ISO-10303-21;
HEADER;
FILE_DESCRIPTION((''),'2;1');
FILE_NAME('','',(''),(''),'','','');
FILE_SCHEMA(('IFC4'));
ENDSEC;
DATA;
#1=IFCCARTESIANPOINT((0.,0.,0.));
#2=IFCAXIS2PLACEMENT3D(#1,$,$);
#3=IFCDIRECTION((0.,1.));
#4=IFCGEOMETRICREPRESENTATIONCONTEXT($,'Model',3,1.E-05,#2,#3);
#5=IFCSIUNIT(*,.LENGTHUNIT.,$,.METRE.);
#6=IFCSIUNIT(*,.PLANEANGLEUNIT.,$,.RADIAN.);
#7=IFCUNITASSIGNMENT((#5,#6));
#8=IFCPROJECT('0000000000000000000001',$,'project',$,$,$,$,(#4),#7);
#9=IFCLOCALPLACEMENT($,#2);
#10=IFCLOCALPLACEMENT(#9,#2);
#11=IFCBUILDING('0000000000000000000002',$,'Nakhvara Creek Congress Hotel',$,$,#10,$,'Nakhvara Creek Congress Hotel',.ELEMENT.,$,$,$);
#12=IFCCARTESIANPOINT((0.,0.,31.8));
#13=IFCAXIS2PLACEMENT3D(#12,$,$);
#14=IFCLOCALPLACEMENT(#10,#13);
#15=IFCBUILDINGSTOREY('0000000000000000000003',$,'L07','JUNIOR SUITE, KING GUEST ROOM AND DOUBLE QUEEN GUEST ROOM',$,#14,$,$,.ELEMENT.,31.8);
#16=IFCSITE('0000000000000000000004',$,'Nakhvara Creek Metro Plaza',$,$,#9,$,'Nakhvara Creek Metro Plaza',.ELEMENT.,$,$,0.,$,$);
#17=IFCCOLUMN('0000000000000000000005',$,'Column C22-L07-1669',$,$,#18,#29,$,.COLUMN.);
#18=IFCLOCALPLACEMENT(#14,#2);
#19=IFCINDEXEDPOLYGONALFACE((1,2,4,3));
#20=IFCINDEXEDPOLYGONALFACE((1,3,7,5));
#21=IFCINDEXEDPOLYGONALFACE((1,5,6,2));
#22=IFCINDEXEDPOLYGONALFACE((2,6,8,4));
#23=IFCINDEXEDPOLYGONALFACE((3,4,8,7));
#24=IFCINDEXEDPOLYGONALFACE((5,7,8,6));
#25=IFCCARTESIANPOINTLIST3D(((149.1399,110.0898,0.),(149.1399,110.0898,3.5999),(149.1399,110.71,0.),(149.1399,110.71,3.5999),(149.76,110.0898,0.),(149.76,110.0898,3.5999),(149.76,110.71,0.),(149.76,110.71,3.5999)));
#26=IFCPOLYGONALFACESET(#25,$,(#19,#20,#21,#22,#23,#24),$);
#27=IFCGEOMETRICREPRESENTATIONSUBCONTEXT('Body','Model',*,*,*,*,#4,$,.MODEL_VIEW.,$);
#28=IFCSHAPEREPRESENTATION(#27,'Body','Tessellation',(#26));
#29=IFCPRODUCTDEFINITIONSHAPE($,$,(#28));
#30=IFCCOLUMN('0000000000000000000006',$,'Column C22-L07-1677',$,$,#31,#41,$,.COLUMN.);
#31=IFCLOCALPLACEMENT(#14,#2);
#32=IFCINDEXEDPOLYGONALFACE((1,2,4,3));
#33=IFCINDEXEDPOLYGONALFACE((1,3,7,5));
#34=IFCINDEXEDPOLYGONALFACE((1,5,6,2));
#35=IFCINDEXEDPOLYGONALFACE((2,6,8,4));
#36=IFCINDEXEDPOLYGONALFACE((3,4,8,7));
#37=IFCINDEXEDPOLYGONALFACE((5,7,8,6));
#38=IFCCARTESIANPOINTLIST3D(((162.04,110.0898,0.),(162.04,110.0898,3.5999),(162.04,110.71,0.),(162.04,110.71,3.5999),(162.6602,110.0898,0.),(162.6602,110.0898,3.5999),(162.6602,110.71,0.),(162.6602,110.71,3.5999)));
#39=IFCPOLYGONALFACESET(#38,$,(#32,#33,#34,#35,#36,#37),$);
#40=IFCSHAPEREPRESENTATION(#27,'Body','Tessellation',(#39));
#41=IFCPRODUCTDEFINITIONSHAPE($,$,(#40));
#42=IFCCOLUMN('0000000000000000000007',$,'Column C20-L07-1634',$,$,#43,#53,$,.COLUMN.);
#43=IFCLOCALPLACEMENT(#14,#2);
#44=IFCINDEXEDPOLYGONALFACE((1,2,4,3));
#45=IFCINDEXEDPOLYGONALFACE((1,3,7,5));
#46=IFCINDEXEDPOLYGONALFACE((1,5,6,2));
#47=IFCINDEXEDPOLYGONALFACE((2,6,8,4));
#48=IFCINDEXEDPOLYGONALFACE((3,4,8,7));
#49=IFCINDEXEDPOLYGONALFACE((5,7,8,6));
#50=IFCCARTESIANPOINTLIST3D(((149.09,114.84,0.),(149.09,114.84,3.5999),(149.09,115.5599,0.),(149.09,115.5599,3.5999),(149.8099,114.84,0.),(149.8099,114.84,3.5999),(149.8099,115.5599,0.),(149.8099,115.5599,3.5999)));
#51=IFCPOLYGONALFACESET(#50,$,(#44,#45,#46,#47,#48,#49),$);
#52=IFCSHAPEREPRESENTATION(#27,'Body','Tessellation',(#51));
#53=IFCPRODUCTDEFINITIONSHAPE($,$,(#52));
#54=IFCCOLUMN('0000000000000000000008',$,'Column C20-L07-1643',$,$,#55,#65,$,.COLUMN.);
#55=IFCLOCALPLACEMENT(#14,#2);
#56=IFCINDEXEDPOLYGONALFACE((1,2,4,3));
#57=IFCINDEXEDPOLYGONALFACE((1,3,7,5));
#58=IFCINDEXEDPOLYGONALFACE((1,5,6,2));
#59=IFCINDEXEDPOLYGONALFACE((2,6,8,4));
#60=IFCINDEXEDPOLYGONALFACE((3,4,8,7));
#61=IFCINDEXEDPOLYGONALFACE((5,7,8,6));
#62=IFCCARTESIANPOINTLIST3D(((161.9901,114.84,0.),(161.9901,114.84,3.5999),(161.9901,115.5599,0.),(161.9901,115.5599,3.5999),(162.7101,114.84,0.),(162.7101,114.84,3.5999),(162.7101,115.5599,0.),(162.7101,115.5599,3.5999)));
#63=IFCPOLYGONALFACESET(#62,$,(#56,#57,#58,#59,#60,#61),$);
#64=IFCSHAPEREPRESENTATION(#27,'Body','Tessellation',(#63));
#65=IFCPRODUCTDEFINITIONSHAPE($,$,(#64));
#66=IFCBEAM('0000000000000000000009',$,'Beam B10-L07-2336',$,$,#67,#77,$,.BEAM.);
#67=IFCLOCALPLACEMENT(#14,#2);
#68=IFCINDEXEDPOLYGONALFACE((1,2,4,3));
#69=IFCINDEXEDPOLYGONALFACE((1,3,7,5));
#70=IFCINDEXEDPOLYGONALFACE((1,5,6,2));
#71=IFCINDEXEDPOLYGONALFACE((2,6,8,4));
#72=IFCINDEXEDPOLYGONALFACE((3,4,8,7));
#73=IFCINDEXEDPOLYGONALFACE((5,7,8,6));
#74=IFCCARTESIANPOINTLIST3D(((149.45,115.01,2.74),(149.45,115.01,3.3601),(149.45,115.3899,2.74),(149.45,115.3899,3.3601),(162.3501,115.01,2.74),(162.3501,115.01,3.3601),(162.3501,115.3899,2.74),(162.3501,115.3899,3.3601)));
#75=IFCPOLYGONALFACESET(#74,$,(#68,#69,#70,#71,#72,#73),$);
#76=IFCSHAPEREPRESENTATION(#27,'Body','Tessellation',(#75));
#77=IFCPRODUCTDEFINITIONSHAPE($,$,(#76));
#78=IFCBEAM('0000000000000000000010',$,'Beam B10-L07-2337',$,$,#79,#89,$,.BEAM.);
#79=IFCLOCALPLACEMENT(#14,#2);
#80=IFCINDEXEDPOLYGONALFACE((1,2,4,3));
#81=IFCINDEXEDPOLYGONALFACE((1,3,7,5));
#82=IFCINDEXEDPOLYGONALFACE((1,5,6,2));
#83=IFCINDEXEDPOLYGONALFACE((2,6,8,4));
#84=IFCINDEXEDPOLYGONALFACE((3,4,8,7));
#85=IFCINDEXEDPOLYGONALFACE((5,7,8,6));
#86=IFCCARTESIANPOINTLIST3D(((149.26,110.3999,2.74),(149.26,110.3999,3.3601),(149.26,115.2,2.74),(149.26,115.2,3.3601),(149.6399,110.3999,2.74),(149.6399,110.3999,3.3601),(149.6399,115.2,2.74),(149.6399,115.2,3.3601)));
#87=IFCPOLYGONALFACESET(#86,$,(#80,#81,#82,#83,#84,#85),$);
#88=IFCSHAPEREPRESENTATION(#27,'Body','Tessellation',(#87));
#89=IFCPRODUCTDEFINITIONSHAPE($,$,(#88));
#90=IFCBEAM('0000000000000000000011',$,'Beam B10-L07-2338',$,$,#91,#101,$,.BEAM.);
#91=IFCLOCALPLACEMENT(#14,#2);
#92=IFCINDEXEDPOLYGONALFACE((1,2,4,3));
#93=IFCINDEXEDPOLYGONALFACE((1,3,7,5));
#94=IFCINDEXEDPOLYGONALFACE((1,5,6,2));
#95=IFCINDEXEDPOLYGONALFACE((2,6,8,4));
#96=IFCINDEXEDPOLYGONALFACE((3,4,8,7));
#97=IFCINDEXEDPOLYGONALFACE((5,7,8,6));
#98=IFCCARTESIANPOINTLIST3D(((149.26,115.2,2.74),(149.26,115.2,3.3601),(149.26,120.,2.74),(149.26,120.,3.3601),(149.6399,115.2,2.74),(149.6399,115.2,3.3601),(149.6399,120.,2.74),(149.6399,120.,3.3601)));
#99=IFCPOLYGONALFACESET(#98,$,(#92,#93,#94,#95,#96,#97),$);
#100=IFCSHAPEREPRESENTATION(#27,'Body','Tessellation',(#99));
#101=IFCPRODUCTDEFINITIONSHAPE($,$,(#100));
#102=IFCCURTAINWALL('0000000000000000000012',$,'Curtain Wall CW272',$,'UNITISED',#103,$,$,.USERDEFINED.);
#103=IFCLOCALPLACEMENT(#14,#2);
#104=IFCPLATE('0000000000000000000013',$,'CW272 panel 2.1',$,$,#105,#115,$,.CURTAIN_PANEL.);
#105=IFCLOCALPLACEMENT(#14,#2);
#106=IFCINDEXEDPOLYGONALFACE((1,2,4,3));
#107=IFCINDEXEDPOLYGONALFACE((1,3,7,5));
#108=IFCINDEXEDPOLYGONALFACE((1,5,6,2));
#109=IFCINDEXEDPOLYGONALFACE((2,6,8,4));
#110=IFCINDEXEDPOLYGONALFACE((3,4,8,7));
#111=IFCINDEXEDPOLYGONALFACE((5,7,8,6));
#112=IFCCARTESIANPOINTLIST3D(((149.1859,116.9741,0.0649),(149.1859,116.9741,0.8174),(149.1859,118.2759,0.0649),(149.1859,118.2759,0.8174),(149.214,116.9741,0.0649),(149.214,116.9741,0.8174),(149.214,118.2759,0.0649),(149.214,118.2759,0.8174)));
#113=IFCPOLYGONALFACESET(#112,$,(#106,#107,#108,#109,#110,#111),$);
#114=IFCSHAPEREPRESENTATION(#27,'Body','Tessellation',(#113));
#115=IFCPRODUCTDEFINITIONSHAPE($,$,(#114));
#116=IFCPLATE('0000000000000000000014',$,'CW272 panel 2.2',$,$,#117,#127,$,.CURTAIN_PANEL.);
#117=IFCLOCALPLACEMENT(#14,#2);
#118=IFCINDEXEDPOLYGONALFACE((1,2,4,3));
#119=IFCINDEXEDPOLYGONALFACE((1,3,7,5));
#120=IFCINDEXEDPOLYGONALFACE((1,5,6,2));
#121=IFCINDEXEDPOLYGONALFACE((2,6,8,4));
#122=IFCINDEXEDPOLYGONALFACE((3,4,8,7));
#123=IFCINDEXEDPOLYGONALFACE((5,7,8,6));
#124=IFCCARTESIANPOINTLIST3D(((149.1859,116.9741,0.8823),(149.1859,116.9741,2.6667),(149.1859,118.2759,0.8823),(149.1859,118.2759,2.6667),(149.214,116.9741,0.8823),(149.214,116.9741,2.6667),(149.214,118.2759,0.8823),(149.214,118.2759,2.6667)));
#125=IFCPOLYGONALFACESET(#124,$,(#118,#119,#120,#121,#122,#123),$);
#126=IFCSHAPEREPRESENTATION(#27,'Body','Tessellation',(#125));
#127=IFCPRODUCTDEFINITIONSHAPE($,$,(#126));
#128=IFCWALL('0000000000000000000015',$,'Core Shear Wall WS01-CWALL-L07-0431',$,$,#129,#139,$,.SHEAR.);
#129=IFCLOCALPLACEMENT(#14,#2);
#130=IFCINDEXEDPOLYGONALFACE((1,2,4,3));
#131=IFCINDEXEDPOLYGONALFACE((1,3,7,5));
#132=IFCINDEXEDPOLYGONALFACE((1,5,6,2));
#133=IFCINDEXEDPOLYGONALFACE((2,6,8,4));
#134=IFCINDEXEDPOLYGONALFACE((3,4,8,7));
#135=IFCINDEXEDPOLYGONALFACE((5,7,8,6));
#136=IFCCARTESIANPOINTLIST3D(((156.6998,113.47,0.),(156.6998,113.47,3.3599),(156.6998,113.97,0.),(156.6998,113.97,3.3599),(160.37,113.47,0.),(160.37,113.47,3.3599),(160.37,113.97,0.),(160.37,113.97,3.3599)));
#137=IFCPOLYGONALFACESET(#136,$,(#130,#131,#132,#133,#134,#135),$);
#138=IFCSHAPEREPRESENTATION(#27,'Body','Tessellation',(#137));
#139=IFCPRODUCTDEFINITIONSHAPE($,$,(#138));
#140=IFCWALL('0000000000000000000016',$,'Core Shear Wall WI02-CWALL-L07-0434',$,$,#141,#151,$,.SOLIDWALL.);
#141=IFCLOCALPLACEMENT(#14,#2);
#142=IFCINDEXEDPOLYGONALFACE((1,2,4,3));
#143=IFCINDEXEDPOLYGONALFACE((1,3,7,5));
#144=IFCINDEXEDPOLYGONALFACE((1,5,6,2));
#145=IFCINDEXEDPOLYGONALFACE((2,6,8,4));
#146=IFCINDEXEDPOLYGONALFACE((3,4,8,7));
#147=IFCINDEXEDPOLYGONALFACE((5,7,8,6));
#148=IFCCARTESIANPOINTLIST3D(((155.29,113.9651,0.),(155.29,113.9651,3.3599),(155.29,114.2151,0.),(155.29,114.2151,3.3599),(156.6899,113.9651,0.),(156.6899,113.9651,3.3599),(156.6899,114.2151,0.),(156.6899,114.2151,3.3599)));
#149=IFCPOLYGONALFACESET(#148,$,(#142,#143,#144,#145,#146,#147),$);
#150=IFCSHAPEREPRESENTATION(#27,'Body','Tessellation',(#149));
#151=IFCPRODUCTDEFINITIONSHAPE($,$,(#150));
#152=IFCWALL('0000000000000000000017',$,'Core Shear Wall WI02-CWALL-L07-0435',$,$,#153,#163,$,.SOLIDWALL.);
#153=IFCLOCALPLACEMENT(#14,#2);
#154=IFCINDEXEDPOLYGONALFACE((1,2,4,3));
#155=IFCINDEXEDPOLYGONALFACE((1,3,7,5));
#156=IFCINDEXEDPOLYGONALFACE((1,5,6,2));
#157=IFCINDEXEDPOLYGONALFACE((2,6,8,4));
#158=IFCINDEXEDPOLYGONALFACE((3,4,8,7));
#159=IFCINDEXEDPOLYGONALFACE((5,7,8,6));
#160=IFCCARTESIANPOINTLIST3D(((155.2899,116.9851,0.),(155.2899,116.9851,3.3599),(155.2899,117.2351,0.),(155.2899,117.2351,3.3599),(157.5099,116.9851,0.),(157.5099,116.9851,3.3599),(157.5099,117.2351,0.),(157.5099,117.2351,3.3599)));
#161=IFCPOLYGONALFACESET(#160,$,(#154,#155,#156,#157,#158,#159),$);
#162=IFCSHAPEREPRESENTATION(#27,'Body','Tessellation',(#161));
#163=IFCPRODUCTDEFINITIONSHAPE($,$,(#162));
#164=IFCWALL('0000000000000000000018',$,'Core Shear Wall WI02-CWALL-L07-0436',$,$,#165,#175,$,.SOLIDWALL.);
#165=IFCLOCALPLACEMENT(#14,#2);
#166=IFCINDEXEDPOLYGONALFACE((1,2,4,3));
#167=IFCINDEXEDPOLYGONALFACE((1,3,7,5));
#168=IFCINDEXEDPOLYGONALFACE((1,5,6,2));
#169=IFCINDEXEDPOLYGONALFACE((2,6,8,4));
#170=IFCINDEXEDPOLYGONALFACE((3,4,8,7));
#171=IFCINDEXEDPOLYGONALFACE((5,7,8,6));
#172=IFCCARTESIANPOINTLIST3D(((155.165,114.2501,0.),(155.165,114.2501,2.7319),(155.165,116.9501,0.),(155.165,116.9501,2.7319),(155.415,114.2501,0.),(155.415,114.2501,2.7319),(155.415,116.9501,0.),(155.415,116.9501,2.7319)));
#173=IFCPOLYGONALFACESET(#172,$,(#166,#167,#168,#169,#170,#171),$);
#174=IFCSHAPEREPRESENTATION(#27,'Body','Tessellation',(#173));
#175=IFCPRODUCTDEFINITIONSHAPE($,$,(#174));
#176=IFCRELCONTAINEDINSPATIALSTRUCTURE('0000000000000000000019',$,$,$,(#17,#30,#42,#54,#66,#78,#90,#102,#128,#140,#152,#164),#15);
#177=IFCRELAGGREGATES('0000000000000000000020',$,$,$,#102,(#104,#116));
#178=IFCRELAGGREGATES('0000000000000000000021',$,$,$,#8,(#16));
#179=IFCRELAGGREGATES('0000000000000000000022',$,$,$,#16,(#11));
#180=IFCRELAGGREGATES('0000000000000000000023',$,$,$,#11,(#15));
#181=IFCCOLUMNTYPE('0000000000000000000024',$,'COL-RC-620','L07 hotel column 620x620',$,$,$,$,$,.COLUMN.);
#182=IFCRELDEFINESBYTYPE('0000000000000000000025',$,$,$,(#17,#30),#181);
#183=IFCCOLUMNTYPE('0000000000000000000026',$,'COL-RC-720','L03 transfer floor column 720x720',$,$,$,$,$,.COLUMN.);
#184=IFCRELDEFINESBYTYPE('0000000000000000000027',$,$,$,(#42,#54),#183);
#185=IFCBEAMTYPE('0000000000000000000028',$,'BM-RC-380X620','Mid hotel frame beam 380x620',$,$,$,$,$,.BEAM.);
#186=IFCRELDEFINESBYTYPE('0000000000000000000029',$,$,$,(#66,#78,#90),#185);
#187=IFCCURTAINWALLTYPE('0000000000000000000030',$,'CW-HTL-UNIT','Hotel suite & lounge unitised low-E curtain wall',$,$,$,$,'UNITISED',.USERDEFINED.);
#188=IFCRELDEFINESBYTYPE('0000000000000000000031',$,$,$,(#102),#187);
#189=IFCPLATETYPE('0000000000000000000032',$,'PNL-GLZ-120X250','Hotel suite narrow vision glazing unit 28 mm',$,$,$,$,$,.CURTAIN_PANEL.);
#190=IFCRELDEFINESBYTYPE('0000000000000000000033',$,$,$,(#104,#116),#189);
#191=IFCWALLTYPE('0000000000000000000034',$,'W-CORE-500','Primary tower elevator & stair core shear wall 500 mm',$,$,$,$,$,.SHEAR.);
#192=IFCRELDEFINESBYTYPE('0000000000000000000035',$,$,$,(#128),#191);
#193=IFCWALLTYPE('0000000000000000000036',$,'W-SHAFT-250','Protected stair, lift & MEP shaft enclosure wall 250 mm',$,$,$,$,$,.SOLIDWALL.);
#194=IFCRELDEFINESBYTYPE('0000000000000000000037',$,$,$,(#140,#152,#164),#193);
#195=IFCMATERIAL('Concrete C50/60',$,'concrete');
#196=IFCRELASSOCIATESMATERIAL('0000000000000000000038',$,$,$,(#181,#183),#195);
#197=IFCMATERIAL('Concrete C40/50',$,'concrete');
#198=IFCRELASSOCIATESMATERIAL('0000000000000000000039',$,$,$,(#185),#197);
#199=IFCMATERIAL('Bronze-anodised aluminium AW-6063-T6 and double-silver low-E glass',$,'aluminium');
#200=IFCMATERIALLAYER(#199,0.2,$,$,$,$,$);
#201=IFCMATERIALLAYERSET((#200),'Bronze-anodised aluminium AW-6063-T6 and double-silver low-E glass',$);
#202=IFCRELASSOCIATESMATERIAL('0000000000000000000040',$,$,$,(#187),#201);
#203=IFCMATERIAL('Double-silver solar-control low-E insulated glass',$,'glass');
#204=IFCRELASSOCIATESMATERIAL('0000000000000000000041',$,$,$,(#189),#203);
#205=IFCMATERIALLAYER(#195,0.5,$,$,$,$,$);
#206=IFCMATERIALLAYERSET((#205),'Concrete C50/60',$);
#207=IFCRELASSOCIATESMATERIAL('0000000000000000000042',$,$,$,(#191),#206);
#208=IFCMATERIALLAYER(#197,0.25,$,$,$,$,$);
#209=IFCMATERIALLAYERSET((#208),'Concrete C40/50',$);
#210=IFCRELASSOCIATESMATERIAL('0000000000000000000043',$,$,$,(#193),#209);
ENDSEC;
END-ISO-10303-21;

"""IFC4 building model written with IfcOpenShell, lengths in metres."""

from ifc_helpers import new_model, si_unit, direction, frame, frame_2d, origin, origin_2d, place, context, subcontext, project, spatial, rectangle, extrude, material, layer, layer_set, material_profile, profile_set, type_object, element, aggregate, save


model = new_model("IFC4")

# Units and contexts
model_context = context("Model", 3, precision=1e-05, world=origin(), true_north=direction((0.0, 1.0)))
body_context = subcontext(model_context, "Body", "Model", "MODEL_VIEW")
ifc_project = project(units=[si_unit("LENGTHUNIT", "METRE"), si_unit("PLANEANGLEUNIT", "RADIAN")], contexts=[model_context])

# Site, building, storey
site_placement = place(None, origin())
site = spatial("IfcSite", under=ifc_project, at=site_placement, Name="Nakhvara Creek Metro Plaza", LongName="Nakhvara Creek Metro Plaza", CompositionType="ELEMENT", RefElevation=0.0)
building_placement = place(site_placement, origin())
building = spatial("IfcBuilding", under=site, at=building_placement, Name="Nakhvara Creek Congress Hotel", LongName="Nakhvara Creek Congress Hotel", CompositionType="ELEMENT")
storey_placement = place(building_placement, frame((0.0, 0.0, 31.8)))
storey = spatial("IfcBuildingStorey", under=building, at=storey_placement, Name="L07", Description="JUNIOR SUITE, KING GUEST ROOM AND DOUBLE QUEEN GUEST ROOM", CompositionType="ELEMENT", Elevation=31.8)

# Columns
ifc_material_1 = material(Name="Concrete C50/60", Category="concrete")
ifc_material_profile_1 = material_profile(ifc_material_1, rectangle(XDim=0.6201, YDim=0.6201, at=origin_2d()), Name="RC-COL 620x620", Category="LoadBearing")
ifc_profile_set_1 = profile_set([ifc_material_profile_1], Name="Concrete C50/60")
column_type_1 = type_object("IfcColumnType", Name="COL-RC-620", Description="L07 hotel column 620x620", PredefinedType="COLUMN", material=ifc_profile_set_1)
for number, where, z_axis, x_axis, name in (
    (1, (149.45, 110.3999, 0.0), (0.0, 0.0, 1.0), (1.0, 0.0, 0.0), "Column C22-L07-1669"),
    (2, (162.3501, 110.3999, 0.0), (0.0, 0.0, 1.0), (1.0, 0.0, 0.0), "Column C22-L07-1677"),
):
    element("IfcColumn", number, at=place(storey_placement, frame(where, z_axis=z_axis, x_axis=x_axis)), inside=storey, type_object=column_type_1, Name=name, PredefinedType="COLUMN", context=body_context, shape_type="SweptSolid", body=[
        extrude(rectangle(XDim=0.6201, YDim=0.6201, at=origin_2d()), origin(), (0.0, 0.0, 1.0), 3.5999),
    ])
ifc_material_profile_2 = material_profile(ifc_material_1, rectangle(XDim=0.72, YDim=0.72, at=origin_2d()), Name="RC-COL 720x720", Category="LoadBearing")
ifc_profile_set_2 = profile_set([ifc_material_profile_2], Name="Concrete C50/60")
column_type_2 = type_object("IfcColumnType", Name="COL-RC-720", Description="L03 transfer floor column 720x720", PredefinedType="COLUMN", material=ifc_profile_set_2)
for number, where, z_axis, x_axis, name in (
    (3, (149.45, 115.2, 0.0), (0.0, 0.0, 1.0), (1.0, 0.0, 0.0), "Column C20-L07-1634"),
    (4, (162.3501, 115.2, 0.0), (0.0, 0.0, 1.0), (1.0, 0.0, 0.0), "Column C20-L07-1643"),
):
    element("IfcColumn", number, at=place(storey_placement, frame(where, z_axis=z_axis, x_axis=x_axis)), inside=storey, type_object=column_type_2, Name=name, PredefinedType="COLUMN", context=body_context, shape_type="SweptSolid", body=[
        extrude(rectangle(XDim=0.72, YDim=0.72, at=origin_2d()), origin(), (0.0, 0.0, 1.0), 3.5999),
    ])

# Beams
ifc_material_2 = material(Name="Concrete C40/50", Category="concrete")
ifc_material_profile_3 = material_profile(ifc_material_2, rectangle(XDim=0.3799, YDim=0.6201, at=origin_2d()), Name="RC-BM 380x620", Category="LoadBearing")
ifc_profile_set_3 = profile_set([ifc_material_profile_3], Name="Concrete C40/50")
beam_type = type_object("IfcBeamType", Name="BM-RC-380X620", Description="Mid hotel frame beam 380x620", PredefinedType="BEAM", material=ifc_profile_set_3)
beam_placement = place(storey_placement, frame((149.45, 115.2, 3.05), z_axis=(1.0, 0.0, 0.0), x_axis=(0.0, 1.0, 0.0)))
element("IfcBeam", 5, at=beam_placement, inside=storey, type_object=beam_type, Name="Beam B10-L07-2336", PredefinedType="BEAM", context=body_context, shape_type="SweptSolid", body=[
    extrude(rectangle(XDim=0.3799, YDim=0.6201, at=origin_2d()), origin(), (0.0, 0.0, 1.0), 12.9001),
])
for number, where, z_axis, x_axis, name in (
    (6, (149.45, 110.3999, 3.05), (0.0, 1.0, 0.0), (-1.0, 0.0, 0.0), "Beam B10-L07-2337"),
    (7, (149.45, 115.2, 3.05), (0.0, 1.0, 0.0), (-1.0, 0.0, 0.0), "Beam B10-L07-2338"),
):
    element("IfcBeam", number, at=place(storey_placement, frame(where, z_axis=z_axis, x_axis=x_axis)), inside=storey, type_object=beam_type, Name=name, PredefinedType="BEAM", context=body_context, shape_type="SweptSolid", body=[
        extrude(rectangle(XDim=0.3799, YDim=0.6201, at=origin_2d()), origin(), (0.0, 0.0, 1.0), 4.8),
    ])

# Curtain wall, plates
ifc_material_3 = material(Name="Bronze-anodised aluminium AW-6063-T6 and double-silver low-E glass", Category="aluminium")
ifc_layer_1 = layer(ifc_material_3, 0.2)
ifc_layer_set_1 = layer_set([ifc_layer_1], Name="Bronze-anodised aluminium AW-6063-T6 and double-silver low-E glass")
curtain_wall_type = type_object("IfcCurtainWallType", Name="CW-HTL-UNIT", Description="Hotel suite & lounge unitised low-E curtain wall", ElementType="UNITISED", PredefinedType="USERDEFINED", material=ifc_layer_set_1)
curtain_wall_placement = place(storey_placement, origin())
curtain_wall = element("IfcCurtainWall", 8, at=curtain_wall_placement, inside=storey, type_object=curtain_wall_type, Name="Curtain Wall CW272", ObjectType="UNITISED", PredefinedType="USERDEFINED")
ifc_material_4 = material(Name="Double-silver solar-control low-E insulated glass", Category="glass")
plate_type = type_object("IfcPlateType", Name="PNL-GLZ-120X250", Description="Hotel suite narrow vision glazing unit 28 mm", PredefinedType="CURTAIN_PANEL", material=ifc_material_4)
plate_1_placement = place(storey_placement, frame((149.2, 117.625, 0.0649), z_axis=(0.0, 0.0, 1.0), x_axis=(0.0, 1.0, 0.0)))
plate_1 = element("IfcPlate", 9, at=plate_1_placement, type_object=plate_type, Name="CW272 panel 2.1", PredefinedType="CURTAIN_PANEL", context=body_context, shape_type="SweptSolid", body=[
    extrude(rectangle(XDim=1.3018, YDim=0.0281, at=origin_2d()), origin(), (0.0, 0.0, 1.0), 0.7524),
])
plate_2_placement = place(storey_placement, frame((149.2, 117.625, 0.8823), z_axis=(0.0, 0.0, 1.0), x_axis=(0.0, 1.0, 0.0)))
plate_2 = element("IfcPlate", 10, at=plate_2_placement, type_object=plate_type, Name="CW272 panel 2.2", PredefinedType="CURTAIN_PANEL", context=body_context, shape_type="SweptSolid", body=[
    extrude(rectangle(XDim=1.3018, YDim=0.0281, at=origin_2d()), origin(), (0.0, 0.0, 1.0), 1.7844),
])
aggregate(curtain_wall, [plate_1, plate_2])

# Wall
ifc_layer_2 = layer(ifc_material_1, 0.5)
ifc_layer_set_2 = layer_set([ifc_layer_2], Name="Concrete C50/60")
wall_type_1 = type_object("IfcWallType", Name="W-CORE-500", Description="Primary tower elevator & stair core shear wall 500 mm", PredefinedType="SHEAR", material=ifc_layer_set_2)
wall_1_placement = place(storey_placement, frame((156.7, 113.72, 0.0), z_axis=(0.0, 0.0, 1.0), x_axis=(1.0, 0.0, 0.0)))
element("IfcWall", 11, at=wall_1_placement, inside=storey, type_object=wall_type_1, Name="Core Shear Wall WS01-CWALL-L07-0431", PredefinedType="SHEAR", context=body_context, shape_type="SweptSolid", body=[
    extrude(rectangle(XDim=3.6702, YDim=0.5, at=frame_2d((1.835, 0.0))), origin(), (0.0, 0.0, 1.0), 3.3599),
])

# Walls
ifc_layer_3 = layer(ifc_material_2, 0.25)
ifc_layer_set_3 = layer_set([ifc_layer_3], Name="Concrete C40/50")
wall_type_2 = type_object("IfcWallType", Name="W-SHAFT-250", Description="Protected stair, lift & MEP shaft enclosure wall 250 mm", PredefinedType="SOLIDWALL", material=ifc_layer_set_3)
wall_2_placement = place(storey_placement, frame((155.29, 114.0901, 0.0), z_axis=(0.0, 0.0, 1.0), x_axis=(1.0, 0.0, 0.0)))
element("IfcWall", 12, at=wall_2_placement, inside=storey, type_object=wall_type_2, Name="Core Shear Wall WI02-CWALL-L07-0434", PredefinedType="SOLIDWALL", context=body_context, shape_type="SweptSolid", body=[
    extrude(rectangle(XDim=1.3999, YDim=0.25, at=frame_2d((0.7, 0.0))), origin(), (0.0, 0.0, 1.0), 3.3599),
])
wall_3_placement = place(storey_placement, frame((155.29, 117.1101, 0.0), z_axis=(0.0, 0.0, 1.0), x_axis=(1.0, 0.0, 0.0)))
element("IfcWall", 13, at=wall_3_placement, inside=storey, type_object=wall_type_2, Name="Core Shear Wall WI02-CWALL-L07-0435", PredefinedType="SOLIDWALL", context=body_context, shape_type="SweptSolid", body=[
    extrude(rectangle(XDim=2.22, YDim=0.25, at=frame_2d((1.1099, 0.0))), origin(), (0.0, 0.0, 1.0), 3.3599),
])
wall_4_placement = place(storey_placement, frame((155.29, 114.25, 0.0), z_axis=(0.0, 0.0, 1.0), x_axis=(0.0, 1.0, 0.0)))
element("IfcWall", 14, at=wall_4_placement, inside=storey, type_object=wall_type_2, Name="Core Shear Wall WI02-CWALL-L07-0436", PredefinedType="SOLIDWALL", context=body_context, shape_type="SweptSolid", body=[
    extrude(rectangle(XDim=2.7, YDim=0.25, at=frame_2d((1.3501, 0.0))), origin(), (0.0, 0.0, 1.0), 2.7319),
])

save(model, "model.ifc")
